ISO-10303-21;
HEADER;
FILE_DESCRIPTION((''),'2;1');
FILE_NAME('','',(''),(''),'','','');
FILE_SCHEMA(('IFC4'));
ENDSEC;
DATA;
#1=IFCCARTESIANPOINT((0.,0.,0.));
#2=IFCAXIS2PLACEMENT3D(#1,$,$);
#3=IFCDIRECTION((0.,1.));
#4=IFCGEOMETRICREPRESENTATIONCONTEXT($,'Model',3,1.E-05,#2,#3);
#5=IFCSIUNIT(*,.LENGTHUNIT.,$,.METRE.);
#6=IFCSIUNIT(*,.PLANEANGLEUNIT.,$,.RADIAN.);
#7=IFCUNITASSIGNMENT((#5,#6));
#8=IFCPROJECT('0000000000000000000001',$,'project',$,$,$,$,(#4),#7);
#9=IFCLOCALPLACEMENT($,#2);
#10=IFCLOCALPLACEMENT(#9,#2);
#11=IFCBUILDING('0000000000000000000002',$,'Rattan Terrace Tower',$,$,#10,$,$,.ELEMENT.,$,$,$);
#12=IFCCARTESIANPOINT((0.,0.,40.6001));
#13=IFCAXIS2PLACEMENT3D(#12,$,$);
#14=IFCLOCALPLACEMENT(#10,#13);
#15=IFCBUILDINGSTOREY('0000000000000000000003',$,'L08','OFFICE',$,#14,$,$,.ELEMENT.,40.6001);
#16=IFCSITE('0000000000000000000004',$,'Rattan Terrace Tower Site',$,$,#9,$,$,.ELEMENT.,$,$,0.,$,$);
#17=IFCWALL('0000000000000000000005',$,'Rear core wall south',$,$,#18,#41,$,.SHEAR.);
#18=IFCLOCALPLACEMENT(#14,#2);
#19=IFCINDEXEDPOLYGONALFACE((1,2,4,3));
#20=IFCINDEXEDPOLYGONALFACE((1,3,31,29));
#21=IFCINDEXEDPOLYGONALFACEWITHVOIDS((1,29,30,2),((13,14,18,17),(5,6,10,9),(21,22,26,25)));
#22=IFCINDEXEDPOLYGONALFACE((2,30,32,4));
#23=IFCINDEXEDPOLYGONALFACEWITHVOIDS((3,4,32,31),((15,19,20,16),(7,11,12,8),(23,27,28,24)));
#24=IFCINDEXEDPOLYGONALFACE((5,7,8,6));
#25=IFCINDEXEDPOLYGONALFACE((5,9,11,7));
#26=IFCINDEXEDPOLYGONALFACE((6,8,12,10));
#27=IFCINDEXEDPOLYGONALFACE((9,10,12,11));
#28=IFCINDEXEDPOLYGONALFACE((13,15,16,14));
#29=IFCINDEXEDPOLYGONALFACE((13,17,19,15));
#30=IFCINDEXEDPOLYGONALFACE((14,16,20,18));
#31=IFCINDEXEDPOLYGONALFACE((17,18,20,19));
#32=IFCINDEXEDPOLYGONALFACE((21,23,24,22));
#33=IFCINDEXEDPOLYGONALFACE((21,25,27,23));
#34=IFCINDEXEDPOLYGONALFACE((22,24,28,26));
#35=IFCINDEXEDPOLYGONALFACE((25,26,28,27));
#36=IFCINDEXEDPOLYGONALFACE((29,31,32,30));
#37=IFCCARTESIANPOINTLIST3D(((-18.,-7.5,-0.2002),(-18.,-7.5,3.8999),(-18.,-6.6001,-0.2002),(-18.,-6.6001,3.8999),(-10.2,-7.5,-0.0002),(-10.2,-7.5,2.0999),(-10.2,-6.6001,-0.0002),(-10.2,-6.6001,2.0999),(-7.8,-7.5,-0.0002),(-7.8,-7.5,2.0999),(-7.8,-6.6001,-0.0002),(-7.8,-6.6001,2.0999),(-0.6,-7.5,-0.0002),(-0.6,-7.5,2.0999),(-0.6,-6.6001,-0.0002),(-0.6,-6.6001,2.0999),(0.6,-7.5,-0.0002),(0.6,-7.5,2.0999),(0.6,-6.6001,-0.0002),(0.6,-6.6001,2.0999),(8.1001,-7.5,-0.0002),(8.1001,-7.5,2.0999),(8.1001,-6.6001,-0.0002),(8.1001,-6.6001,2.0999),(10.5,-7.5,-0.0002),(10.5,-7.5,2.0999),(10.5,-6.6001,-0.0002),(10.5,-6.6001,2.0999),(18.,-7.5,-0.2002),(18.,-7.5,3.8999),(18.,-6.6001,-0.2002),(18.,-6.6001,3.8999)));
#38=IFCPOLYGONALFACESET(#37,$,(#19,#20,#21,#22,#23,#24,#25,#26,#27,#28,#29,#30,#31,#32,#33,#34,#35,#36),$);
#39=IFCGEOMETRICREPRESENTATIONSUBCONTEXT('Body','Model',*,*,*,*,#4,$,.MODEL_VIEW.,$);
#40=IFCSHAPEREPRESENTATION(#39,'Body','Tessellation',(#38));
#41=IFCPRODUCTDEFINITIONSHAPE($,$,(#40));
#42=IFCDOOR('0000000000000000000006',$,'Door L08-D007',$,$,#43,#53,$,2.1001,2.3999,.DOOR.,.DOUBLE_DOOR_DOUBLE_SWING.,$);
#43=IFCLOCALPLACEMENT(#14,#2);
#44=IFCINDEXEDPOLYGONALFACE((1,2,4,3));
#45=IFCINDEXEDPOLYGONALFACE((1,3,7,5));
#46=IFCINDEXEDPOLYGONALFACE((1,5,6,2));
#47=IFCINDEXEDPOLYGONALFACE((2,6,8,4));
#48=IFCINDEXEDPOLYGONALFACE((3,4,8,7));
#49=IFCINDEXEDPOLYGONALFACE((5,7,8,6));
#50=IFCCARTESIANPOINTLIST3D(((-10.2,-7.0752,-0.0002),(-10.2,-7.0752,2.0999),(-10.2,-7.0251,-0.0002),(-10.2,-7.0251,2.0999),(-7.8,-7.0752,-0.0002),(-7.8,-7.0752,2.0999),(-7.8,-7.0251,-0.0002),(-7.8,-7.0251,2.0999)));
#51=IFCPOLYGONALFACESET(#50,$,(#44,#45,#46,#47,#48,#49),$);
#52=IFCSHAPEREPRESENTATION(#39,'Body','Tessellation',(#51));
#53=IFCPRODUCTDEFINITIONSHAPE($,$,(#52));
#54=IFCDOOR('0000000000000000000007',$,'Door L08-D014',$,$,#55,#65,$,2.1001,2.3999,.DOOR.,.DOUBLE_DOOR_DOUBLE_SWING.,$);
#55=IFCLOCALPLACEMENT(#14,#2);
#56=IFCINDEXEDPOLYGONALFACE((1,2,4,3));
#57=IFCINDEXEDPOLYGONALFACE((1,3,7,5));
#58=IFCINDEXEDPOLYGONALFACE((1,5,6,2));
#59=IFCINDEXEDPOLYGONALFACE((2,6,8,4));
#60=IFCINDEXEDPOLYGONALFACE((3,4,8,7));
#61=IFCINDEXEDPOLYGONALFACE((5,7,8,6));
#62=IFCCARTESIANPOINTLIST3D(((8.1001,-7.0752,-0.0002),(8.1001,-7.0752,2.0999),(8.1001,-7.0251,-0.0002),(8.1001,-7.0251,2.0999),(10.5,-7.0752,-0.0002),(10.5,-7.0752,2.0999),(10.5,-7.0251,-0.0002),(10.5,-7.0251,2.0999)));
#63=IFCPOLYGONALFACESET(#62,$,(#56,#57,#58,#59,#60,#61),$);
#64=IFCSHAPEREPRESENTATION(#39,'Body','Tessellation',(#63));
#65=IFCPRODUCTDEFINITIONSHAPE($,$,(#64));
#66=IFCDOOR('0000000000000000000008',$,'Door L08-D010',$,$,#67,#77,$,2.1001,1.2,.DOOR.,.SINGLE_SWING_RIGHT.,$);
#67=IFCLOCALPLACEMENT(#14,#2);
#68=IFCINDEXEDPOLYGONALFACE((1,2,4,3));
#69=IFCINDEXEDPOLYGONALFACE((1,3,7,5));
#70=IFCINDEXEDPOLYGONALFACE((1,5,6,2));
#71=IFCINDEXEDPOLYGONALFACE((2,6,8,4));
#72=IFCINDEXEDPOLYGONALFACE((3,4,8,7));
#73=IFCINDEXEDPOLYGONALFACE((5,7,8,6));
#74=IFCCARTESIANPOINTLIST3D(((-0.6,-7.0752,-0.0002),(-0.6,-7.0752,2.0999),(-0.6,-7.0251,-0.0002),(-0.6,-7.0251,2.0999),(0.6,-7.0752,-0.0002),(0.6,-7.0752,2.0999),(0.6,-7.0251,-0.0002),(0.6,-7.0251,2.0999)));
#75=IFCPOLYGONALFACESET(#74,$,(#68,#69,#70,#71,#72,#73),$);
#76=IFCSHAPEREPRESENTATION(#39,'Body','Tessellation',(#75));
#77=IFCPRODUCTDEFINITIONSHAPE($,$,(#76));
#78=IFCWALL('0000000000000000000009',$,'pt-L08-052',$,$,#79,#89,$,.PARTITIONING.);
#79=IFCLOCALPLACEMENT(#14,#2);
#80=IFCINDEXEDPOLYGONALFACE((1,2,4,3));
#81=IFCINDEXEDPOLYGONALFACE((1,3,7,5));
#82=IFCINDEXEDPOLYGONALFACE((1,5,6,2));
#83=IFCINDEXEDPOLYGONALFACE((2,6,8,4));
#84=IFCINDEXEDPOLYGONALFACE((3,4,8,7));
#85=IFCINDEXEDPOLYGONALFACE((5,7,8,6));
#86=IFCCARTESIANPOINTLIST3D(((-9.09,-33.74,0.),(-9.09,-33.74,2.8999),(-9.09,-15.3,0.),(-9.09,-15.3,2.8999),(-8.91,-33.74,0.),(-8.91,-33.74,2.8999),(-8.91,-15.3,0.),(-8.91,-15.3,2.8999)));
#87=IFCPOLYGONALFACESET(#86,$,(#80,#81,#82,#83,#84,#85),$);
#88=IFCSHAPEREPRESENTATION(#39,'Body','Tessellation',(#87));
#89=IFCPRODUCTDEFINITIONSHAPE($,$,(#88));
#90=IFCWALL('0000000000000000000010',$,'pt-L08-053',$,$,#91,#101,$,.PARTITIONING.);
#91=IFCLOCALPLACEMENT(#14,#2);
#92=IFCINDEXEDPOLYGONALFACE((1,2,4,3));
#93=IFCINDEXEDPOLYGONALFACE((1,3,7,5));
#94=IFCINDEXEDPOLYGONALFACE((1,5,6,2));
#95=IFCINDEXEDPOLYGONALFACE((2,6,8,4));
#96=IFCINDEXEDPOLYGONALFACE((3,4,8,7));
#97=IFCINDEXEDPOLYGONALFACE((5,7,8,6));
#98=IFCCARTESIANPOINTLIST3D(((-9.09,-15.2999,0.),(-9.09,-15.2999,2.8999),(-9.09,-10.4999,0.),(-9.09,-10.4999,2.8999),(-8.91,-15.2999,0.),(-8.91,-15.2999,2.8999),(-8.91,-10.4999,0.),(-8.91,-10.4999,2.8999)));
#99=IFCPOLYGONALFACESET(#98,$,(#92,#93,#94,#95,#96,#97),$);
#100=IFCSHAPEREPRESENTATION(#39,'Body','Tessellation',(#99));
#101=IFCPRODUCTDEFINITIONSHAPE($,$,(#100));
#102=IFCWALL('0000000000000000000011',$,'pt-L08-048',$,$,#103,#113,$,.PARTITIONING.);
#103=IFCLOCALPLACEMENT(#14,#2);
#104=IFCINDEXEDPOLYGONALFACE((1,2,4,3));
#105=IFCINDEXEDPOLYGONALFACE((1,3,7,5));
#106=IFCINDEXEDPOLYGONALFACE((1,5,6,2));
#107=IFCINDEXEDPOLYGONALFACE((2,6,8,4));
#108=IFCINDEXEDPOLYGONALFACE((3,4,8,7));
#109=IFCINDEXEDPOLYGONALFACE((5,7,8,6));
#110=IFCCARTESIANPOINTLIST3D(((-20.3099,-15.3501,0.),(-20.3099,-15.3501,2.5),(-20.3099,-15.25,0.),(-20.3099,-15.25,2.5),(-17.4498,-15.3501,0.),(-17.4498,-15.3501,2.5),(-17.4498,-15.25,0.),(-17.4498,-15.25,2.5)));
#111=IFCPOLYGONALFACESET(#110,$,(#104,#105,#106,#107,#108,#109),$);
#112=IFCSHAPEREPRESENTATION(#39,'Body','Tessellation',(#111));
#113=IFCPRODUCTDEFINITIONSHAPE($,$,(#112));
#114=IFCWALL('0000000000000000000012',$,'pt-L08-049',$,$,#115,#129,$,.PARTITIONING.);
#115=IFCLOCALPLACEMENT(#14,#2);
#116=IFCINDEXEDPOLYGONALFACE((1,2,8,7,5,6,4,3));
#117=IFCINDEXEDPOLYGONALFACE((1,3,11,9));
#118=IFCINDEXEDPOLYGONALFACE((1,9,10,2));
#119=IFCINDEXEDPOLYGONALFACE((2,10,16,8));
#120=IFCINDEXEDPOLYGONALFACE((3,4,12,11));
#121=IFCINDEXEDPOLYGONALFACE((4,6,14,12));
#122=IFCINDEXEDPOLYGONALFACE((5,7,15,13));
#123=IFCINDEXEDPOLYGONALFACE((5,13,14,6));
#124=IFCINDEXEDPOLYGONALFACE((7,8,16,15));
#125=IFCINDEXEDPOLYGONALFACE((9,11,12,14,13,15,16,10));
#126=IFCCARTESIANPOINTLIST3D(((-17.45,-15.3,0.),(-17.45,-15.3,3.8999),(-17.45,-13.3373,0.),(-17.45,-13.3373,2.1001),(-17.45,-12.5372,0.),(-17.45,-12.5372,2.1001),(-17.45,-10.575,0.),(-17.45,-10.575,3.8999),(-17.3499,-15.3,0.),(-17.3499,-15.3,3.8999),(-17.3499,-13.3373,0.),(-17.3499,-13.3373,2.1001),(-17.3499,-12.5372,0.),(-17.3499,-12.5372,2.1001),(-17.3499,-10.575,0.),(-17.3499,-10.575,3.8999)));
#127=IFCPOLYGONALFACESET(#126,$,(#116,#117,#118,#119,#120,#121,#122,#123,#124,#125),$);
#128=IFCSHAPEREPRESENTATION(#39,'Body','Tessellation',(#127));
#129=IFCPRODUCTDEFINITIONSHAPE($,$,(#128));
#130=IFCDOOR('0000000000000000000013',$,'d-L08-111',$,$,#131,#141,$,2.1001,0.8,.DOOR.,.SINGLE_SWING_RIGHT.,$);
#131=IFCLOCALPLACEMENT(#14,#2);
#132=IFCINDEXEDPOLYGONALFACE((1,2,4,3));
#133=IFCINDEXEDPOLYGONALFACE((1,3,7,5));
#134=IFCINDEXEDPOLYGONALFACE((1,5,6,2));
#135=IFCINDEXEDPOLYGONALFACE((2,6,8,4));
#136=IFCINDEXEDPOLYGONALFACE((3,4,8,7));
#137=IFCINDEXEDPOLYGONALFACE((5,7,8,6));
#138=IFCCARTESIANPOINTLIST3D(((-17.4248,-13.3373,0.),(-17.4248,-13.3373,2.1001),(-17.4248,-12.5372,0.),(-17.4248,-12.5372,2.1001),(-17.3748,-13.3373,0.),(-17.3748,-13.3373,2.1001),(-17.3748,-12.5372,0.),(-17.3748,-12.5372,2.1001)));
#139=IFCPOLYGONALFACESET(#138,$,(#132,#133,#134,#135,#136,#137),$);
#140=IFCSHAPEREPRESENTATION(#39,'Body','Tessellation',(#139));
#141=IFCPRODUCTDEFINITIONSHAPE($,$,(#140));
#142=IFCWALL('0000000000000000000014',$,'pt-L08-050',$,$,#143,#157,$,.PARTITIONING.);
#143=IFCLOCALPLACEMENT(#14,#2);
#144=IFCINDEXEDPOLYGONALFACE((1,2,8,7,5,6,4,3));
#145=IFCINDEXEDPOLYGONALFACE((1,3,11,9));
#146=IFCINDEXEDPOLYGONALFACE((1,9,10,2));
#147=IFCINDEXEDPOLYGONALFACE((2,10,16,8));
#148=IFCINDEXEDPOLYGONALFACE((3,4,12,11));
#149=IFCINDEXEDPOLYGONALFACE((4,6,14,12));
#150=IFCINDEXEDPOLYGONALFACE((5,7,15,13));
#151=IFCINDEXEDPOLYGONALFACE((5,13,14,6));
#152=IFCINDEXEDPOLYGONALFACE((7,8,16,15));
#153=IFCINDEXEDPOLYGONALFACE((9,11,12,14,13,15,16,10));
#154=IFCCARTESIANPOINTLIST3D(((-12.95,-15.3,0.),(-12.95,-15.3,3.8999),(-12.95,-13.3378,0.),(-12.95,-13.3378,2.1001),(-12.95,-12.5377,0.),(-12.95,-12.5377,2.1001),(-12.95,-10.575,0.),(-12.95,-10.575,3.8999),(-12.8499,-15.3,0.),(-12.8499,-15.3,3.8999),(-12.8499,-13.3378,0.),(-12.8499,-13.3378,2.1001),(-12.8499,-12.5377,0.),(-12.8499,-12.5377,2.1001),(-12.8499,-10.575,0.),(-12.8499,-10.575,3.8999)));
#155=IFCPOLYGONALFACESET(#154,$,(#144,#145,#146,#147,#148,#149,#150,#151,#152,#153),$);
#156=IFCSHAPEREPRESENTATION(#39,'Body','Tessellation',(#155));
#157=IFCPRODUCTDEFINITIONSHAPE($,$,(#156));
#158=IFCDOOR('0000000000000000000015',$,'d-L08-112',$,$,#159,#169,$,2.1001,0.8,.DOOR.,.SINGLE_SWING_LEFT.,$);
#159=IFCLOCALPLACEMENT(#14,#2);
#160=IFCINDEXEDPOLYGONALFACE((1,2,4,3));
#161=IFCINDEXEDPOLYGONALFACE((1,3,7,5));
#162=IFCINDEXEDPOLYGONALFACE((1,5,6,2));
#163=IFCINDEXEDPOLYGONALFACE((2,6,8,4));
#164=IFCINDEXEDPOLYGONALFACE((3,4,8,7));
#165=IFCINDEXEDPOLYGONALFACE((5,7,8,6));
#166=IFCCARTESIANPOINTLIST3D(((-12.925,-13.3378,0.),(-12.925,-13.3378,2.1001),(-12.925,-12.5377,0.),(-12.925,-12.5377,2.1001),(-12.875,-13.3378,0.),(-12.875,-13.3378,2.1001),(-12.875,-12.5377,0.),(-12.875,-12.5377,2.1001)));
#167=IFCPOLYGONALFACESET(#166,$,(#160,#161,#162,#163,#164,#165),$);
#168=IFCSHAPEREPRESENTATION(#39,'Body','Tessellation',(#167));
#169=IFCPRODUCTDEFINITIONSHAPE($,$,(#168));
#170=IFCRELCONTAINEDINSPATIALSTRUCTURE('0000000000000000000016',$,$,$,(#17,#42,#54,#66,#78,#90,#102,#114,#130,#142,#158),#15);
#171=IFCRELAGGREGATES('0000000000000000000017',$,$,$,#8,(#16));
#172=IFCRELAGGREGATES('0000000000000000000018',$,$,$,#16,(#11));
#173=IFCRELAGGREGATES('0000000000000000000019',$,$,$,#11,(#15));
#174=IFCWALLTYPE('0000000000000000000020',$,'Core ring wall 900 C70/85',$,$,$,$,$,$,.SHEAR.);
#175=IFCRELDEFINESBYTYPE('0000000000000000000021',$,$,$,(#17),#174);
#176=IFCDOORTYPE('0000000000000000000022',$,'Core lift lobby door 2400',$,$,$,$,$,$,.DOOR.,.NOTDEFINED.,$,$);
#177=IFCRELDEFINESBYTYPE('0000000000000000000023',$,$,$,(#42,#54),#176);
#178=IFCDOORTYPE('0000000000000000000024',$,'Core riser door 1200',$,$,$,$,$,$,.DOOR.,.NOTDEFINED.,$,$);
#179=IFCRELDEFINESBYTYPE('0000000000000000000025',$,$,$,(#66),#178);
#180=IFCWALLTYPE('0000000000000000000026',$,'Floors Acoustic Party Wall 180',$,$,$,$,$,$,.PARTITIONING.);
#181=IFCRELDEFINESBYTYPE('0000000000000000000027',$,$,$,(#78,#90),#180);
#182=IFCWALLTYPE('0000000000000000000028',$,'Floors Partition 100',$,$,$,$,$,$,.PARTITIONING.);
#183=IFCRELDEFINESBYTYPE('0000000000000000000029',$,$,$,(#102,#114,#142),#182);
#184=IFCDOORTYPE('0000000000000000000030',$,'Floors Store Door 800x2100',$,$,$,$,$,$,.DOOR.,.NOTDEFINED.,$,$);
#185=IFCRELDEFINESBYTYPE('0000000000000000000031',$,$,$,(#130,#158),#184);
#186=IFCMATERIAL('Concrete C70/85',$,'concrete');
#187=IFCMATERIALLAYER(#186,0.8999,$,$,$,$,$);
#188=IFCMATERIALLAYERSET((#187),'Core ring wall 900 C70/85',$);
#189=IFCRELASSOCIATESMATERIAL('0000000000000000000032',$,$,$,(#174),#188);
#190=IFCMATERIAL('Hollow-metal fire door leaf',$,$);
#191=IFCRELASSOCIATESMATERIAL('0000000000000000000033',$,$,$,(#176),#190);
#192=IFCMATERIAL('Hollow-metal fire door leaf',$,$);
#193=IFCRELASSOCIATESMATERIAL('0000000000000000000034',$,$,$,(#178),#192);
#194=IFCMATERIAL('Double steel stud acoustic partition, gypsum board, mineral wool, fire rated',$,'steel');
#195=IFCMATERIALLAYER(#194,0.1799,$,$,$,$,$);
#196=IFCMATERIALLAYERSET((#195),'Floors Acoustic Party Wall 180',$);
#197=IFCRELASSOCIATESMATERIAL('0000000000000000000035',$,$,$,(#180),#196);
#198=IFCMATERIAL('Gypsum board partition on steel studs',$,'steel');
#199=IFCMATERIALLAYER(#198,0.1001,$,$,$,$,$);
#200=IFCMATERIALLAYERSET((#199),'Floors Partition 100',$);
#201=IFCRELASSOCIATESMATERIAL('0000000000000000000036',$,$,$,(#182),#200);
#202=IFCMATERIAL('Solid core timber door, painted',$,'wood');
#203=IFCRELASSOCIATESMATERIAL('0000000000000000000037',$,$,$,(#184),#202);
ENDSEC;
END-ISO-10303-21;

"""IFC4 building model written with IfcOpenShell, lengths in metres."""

from ifc_helpers import new_model, si_unit, direction, frame, frame_2d, origin, place, context, subcontext, project, spatial, rectangle, extrude, material, layer, layer_set, type_object, element, fill, save


model = new_model("IFC4")

# Units and contexts
model_context = context("Model", 3, precision=1e-05, world=origin(), true_north=direction((0.0, 1.0)))
body_context = subcontext(model_context, "Body", "Model", "MODEL_VIEW")
ifc_project = project(units=[si_unit("LENGTHUNIT", "METRE"), si_unit("PLANEANGLEUNIT", "RADIAN")], contexts=[model_context])

# Site, building, storey
site_placement = place(None, origin())
site = spatial("IfcSite", under=ifc_project, at=site_placement, Name="Rattan Terrace Tower Site", CompositionType="ELEMENT", RefElevation=0.0)
building_placement = place(site_placement, origin())
building = spatial("IfcBuilding", under=site, at=building_placement, Name="Rattan Terrace Tower", CompositionType="ELEMENT")
storey_placement = place(building_placement, frame((0.0, 0.0, 40.6001)))
storey = spatial("IfcBuildingStorey", under=building, at=storey_placement, Name="L08", Description="OFFICE", CompositionType="ELEMENT", Elevation=40.6001)

# Wall, openings, doors
ifc_material_1 = material(Name="Concrete C70/85", Category="concrete")
ifc_layer_1 = layer(ifc_material_1, 0.8999)
ifc_layer_set_1 = layer_set([ifc_layer_1], Name="Core ring wall 900 C70/85")
wall_type_1 = type_object("IfcWallType", Name="Core ring wall 900 C70/85", PredefinedType="SHEAR", material=ifc_layer_set_1)
wall_1_placement = place(storey_placement, frame((-18.0, -7.05, -0.2002), z_axis=(0.0, 0.0, 1.0), x_axis=(1.0, 0.0, 0.0)))
wall_1 = element("IfcWall", 1, at=wall_1_placement, inside=storey, type_object=wall_type_1, Name="Rear core wall south", PredefinedType="SHEAR", context=body_context, shape_type="SweptSolid", body=[
    extrude(rectangle(XDim=36.0, YDim=0.8999, at=frame_2d((18.0, 0.0))), origin(), (0.0, 0.0, 1.0), 4.1001),
])
opening_1_placement = place(wall_1_placement, frame((7.8, 0.0, 0.2)))
opening_1 = element("IfcOpeningElement", 2, at=opening_1_placement, cuts=wall_1, PredefinedType="OPENING", context=body_context, shape_type="SweptSolid", body=[
    extrude(rectangle(XDim=2.3999, YDim=2.1001, at=frame_2d((1.2, 1.05))), frame((0.0, 0.4604, 0.0), z_axis=(0.0, -1.0, 0.0), x_axis=(1.0, 0.0, 0.0)), (0.0, 0.0, 1.0), 0.9209),
])
opening_2_placement = place(wall_1_placement, frame((17.3999, 0.0, 0.2)))
opening_2 = element("IfcOpeningElement", 3, at=opening_2_placement, cuts=wall_1, PredefinedType="OPENING", context=body_context, shape_type="SweptSolid", body=[
    extrude(rectangle(XDim=1.2, YDim=2.1001, at=frame_2d((0.6001, 1.05))), frame((0.0, 0.4604, 0.0), z_axis=(0.0, -1.0, 0.0), x_axis=(1.0, 0.0, 0.0)), (0.0, 0.0, 1.0), 0.9209),
])
opening_3_placement = place(wall_1_placement, frame((26.1001, 0.0, 0.2)))
opening_3 = element("IfcOpeningElement", 4, at=opening_3_placement, cuts=wall_1, PredefinedType="OPENING", context=body_context, shape_type="SweptSolid", body=[
    extrude(rectangle(XDim=2.3999, YDim=2.1001, at=frame_2d((1.2, 1.05))), frame((0.0, 0.4604, 0.0), z_axis=(0.0, -1.0, 0.0), x_axis=(1.0, 0.0, 0.0)), (0.0, 0.0, 1.0), 0.9209),
])
ifc_material_2 = material(Name="Hollow-metal fire door leaf")
door_type_1 = type_object("IfcDoorType", Name="Core lift lobby door 2400", OperationType="NOTDEFINED", PredefinedType="DOOR", material=ifc_material_2)
door_1_placement = place(opening_1_placement, origin())
door_1 = element("IfcDoor", 5, at=door_1_placement, inside=storey, type_object=door_type_1, Name="Door L08-D007", OperationType="DOUBLE_DOOR_DOUBLE_SWING", OverallHeight=2.1001, OverallWidth=2.3999, PredefinedType="DOOR", context=body_context, shape_type="SweptSolid", body=[
    extrude(rectangle(XDim=2.3999, YDim=2.1001, at=frame_2d((1.2, 1.05))), frame((0.0, 0.0249, 0.0), z_axis=(0.0, -1.0, 0.0), x_axis=(1.0, 0.0, 0.0)), (0.0, 0.0, 1.0), 0.05),
])
fill(opening_1, door_1)
door_2_placement = place(opening_3_placement, origin())
door_2 = element("IfcDoor", 6, at=door_2_placement, inside=storey, type_object=door_type_1, Name="Door L08-D014", OperationType="DOUBLE_DOOR_DOUBLE_SWING", OverallHeight=2.1001, OverallWidth=2.3999, PredefinedType="DOOR", context=body_context, shape_type="SweptSolid", body=[
    extrude(rectangle(XDim=2.3999, YDim=2.1001, at=frame_2d((1.2, 1.05))), frame((0.0, 0.0249, 0.0), z_axis=(0.0, -1.0, 0.0), x_axis=(1.0, 0.0, 0.0)), (0.0, 0.0, 1.0), 0.05),
])
fill(opening_3, door_2)
ifc_material_3 = material(Name="Hollow-metal fire door leaf")
door_type_2 = type_object("IfcDoorType", Name="Core riser door 1200", OperationType="NOTDEFINED", PredefinedType="DOOR", material=ifc_material_3)
door_3_placement = place(opening_2_placement, origin())
door_3 = element("IfcDoor", 7, at=door_3_placement, inside=storey, type_object=door_type_2, Name="Door L08-D010", OperationType="SINGLE_SWING_RIGHT", OverallHeight=2.1001, OverallWidth=1.2, PredefinedType="DOOR", context=body_context, shape_type="SweptSolid", body=[
    extrude(rectangle(XDim=1.2, YDim=2.1001, at=frame_2d((0.6001, 1.05))), frame((0.0, 0.0249, 0.0), z_axis=(0.0, -1.0, 0.0), x_axis=(1.0, 0.0, 0.0)), (0.0, 0.0, 1.0), 0.05),
])
fill(opening_2, door_3)

# Walls
ifc_material_4 = material(Name="Double steel stud acoustic partition, gypsum board, mineral wool, fire rated", Category="steel")
ifc_layer_2 = layer(ifc_material_4, 0.1799)
ifc_layer_set_2 = layer_set([ifc_layer_2], Name="Floors Acoustic Party Wall 180")
wall_type_2 = type_object("IfcWallType", Name="Floors Acoustic Party Wall 180", PredefinedType="PARTITIONING", material=ifc_layer_set_2)
wall_2_placement = place(storey_placement, frame((-9.0, -15.3, 0.0), z_axis=(0.0, 0.0, 1.0), x_axis=(0.0, -1.0, 0.0)))
element("IfcWall", 8, at=wall_2_placement, inside=storey, type_object=wall_type_2, Name="pt-L08-052", PredefinedType="PARTITIONING", context=body_context, shape_type="SweptSolid", body=[
    extrude(rectangle(XDim=18.4399, YDim=0.1799, at=frame_2d((9.22, 0.0))), origin(), (0.0, 0.0, 1.0), 2.8999),
])
wall_3_placement = place(storey_placement, frame((-9.0, -10.5, 0.0), z_axis=(0.0, 0.0, 1.0), x_axis=(0.0, -1.0, 0.0)))
element("IfcWall", 9, at=wall_3_placement, inside=storey, type_object=wall_type_2, Name="pt-L08-053", PredefinedType="PARTITIONING", context=body_context, shape_type="SweptSolid", body=[
    extrude(rectangle(XDim=4.8, YDim=0.1799, at=frame_2d((2.3999, 0.0))), origin(), (0.0, 0.0, 1.0), 2.8999),
])
ifc_material_5 = material(Name="Gypsum board partition on steel studs", Category="steel")
ifc_layer_3 = layer(ifc_material_5, 0.1001)
ifc_layer_set_3 = layer_set([ifc_layer_3], Name="Floors Partition 100")
wall_type_3 = type_object("IfcWallType", Name="Floors Partition 100", PredefinedType="PARTITIONING", material=ifc_layer_set_3)
wall_4_placement = place(storey_placement, frame((-20.3101, -15.3, 0.0), z_axis=(0.0, 0.0, 1.0), x_axis=(1.0, 0.0, 0.0)))
element("IfcWall", 10, at=wall_4_placement, inside=storey, type_object=wall_type_3, Name="pt-L08-048", PredefinedType="PARTITIONING", context=body_context, shape_type="SweptSolid", body=[
    extrude(rectangle(XDim=2.8601, YDim=0.1001, at=frame_2d((1.4302, 0.0))), origin(), (0.0, 0.0, 1.0), 2.5),
])

# Walls, openings, doors
wall_5_placement = place(storey_placement, frame((-17.3999, -15.3, 0.0), z_axis=(0.0, 0.0, 1.0), x_axis=(0.0, 1.0, 0.0)))
wall_5 = element("IfcWall", 11, at=wall_5_placement, inside=storey, type_object=wall_type_3, Name="pt-L08-049", PredefinedType="PARTITIONING", context=body_context, shape_type="SweptSolid", body=[
    extrude(rectangle(XDim=4.7251, YDim=0.1001, at=frame_2d((2.3625, 0.0))), origin(), (0.0, 0.0, 1.0), 3.8999),
])
opening_4_placement = place(wall_5_placement, frame((1.9629, 0.0, 0.0)))
opening_4 = element("IfcOpeningElement", 12, at=opening_4_placement, cuts=wall_5, PredefinedType="OPENING", context=body_context, shape_type="SweptSolid", body=[
    extrude(rectangle(XDim=0.8, YDim=2.1001, at=frame_2d((0.3999, 1.05))), frame((0.0, 0.0605, 0.0), z_axis=(0.0, -1.0, 0.0), x_axis=(1.0, 0.0, 0.0)), (0.0, 0.0, 1.0), 0.1211),
])
ifc_material_6 = material(Name="Solid core timber door, painted", Category="wood")
door_type_3 = type_object("IfcDoorType", Name="Floors Store Door 800x2100", OperationType="NOTDEFINED", PredefinedType="DOOR", material=ifc_material_6)
door_4_placement = place(opening_4_placement, origin())
door_4 = element("IfcDoor", 13, at=door_4_placement, inside=storey, type_object=door_type_3, Name="d-L08-111", OperationType="SINGLE_SWING_RIGHT", OverallHeight=2.1001, OverallWidth=0.8, PredefinedType="DOOR", context=body_context, shape_type="SweptSolid", body=[
    extrude(rectangle(XDim=0.8, YDim=2.1001, at=frame_2d((0.3999, 1.05))), frame((0.0, 0.0249, 0.0), z_axis=(0.0, -1.0, 0.0), x_axis=(1.0, 0.0, 0.0)), (0.0, 0.0, 1.0), 0.05),
])
fill(opening_4, door_4)
wall_6_placement = place(storey_placement, frame((-12.8999, -10.575, 0.0), z_axis=(0.0, 0.0, 1.0), x_axis=(0.0, -1.0, 0.0)))
wall_6 = element("IfcWall", 14, at=wall_6_placement, inside=storey, type_object=wall_type_3, Name="pt-L08-050", PredefinedType="PARTITIONING", context=body_context, shape_type="SweptSolid", body=[
    extrude(rectangle(XDim=4.7251, YDim=0.1001, at=frame_2d((2.3625, 0.0))), origin(), (0.0, 0.0, 1.0), 3.8999),
])
opening_5_placement = place(wall_6_placement, frame((1.9629, 0.0, 0.0)))
opening_5 = element("IfcOpeningElement", 15, at=opening_5_placement, cuts=wall_6, PredefinedType="OPENING", context=body_context, shape_type="SweptSolid", body=[
    extrude(rectangle(XDim=0.8, YDim=2.1001, at=frame_2d((0.3999, 1.05))), frame((0.0, 0.0605, 0.0), z_axis=(0.0, -1.0, 0.0), x_axis=(1.0, 0.0, 0.0)), (0.0, 0.0, 1.0), 0.1211),
])
door_5_placement = place(opening_5_placement, origin())
door_5 = element("IfcDoor", 16, at=door_5_placement, inside=storey, type_object=door_type_3, Name="d-L08-112", OperationType="SINGLE_SWING_LEFT", OverallHeight=2.1001, OverallWidth=0.8, PredefinedType="DOOR", context=body_context, shape_type="SweptSolid", body=[
    extrude(rectangle(XDim=0.8, YDim=2.1001, at=frame_2d((0.3999, 1.05))), frame((0.0, 0.0249, 0.0), z_axis=(0.0, -1.0, 0.0), x_axis=(1.0, 0.0, 0.0)), (0.0, 0.0, 1.0), 0.05),
])
fill(opening_5, door_5)

save(model, "model.ifc")
